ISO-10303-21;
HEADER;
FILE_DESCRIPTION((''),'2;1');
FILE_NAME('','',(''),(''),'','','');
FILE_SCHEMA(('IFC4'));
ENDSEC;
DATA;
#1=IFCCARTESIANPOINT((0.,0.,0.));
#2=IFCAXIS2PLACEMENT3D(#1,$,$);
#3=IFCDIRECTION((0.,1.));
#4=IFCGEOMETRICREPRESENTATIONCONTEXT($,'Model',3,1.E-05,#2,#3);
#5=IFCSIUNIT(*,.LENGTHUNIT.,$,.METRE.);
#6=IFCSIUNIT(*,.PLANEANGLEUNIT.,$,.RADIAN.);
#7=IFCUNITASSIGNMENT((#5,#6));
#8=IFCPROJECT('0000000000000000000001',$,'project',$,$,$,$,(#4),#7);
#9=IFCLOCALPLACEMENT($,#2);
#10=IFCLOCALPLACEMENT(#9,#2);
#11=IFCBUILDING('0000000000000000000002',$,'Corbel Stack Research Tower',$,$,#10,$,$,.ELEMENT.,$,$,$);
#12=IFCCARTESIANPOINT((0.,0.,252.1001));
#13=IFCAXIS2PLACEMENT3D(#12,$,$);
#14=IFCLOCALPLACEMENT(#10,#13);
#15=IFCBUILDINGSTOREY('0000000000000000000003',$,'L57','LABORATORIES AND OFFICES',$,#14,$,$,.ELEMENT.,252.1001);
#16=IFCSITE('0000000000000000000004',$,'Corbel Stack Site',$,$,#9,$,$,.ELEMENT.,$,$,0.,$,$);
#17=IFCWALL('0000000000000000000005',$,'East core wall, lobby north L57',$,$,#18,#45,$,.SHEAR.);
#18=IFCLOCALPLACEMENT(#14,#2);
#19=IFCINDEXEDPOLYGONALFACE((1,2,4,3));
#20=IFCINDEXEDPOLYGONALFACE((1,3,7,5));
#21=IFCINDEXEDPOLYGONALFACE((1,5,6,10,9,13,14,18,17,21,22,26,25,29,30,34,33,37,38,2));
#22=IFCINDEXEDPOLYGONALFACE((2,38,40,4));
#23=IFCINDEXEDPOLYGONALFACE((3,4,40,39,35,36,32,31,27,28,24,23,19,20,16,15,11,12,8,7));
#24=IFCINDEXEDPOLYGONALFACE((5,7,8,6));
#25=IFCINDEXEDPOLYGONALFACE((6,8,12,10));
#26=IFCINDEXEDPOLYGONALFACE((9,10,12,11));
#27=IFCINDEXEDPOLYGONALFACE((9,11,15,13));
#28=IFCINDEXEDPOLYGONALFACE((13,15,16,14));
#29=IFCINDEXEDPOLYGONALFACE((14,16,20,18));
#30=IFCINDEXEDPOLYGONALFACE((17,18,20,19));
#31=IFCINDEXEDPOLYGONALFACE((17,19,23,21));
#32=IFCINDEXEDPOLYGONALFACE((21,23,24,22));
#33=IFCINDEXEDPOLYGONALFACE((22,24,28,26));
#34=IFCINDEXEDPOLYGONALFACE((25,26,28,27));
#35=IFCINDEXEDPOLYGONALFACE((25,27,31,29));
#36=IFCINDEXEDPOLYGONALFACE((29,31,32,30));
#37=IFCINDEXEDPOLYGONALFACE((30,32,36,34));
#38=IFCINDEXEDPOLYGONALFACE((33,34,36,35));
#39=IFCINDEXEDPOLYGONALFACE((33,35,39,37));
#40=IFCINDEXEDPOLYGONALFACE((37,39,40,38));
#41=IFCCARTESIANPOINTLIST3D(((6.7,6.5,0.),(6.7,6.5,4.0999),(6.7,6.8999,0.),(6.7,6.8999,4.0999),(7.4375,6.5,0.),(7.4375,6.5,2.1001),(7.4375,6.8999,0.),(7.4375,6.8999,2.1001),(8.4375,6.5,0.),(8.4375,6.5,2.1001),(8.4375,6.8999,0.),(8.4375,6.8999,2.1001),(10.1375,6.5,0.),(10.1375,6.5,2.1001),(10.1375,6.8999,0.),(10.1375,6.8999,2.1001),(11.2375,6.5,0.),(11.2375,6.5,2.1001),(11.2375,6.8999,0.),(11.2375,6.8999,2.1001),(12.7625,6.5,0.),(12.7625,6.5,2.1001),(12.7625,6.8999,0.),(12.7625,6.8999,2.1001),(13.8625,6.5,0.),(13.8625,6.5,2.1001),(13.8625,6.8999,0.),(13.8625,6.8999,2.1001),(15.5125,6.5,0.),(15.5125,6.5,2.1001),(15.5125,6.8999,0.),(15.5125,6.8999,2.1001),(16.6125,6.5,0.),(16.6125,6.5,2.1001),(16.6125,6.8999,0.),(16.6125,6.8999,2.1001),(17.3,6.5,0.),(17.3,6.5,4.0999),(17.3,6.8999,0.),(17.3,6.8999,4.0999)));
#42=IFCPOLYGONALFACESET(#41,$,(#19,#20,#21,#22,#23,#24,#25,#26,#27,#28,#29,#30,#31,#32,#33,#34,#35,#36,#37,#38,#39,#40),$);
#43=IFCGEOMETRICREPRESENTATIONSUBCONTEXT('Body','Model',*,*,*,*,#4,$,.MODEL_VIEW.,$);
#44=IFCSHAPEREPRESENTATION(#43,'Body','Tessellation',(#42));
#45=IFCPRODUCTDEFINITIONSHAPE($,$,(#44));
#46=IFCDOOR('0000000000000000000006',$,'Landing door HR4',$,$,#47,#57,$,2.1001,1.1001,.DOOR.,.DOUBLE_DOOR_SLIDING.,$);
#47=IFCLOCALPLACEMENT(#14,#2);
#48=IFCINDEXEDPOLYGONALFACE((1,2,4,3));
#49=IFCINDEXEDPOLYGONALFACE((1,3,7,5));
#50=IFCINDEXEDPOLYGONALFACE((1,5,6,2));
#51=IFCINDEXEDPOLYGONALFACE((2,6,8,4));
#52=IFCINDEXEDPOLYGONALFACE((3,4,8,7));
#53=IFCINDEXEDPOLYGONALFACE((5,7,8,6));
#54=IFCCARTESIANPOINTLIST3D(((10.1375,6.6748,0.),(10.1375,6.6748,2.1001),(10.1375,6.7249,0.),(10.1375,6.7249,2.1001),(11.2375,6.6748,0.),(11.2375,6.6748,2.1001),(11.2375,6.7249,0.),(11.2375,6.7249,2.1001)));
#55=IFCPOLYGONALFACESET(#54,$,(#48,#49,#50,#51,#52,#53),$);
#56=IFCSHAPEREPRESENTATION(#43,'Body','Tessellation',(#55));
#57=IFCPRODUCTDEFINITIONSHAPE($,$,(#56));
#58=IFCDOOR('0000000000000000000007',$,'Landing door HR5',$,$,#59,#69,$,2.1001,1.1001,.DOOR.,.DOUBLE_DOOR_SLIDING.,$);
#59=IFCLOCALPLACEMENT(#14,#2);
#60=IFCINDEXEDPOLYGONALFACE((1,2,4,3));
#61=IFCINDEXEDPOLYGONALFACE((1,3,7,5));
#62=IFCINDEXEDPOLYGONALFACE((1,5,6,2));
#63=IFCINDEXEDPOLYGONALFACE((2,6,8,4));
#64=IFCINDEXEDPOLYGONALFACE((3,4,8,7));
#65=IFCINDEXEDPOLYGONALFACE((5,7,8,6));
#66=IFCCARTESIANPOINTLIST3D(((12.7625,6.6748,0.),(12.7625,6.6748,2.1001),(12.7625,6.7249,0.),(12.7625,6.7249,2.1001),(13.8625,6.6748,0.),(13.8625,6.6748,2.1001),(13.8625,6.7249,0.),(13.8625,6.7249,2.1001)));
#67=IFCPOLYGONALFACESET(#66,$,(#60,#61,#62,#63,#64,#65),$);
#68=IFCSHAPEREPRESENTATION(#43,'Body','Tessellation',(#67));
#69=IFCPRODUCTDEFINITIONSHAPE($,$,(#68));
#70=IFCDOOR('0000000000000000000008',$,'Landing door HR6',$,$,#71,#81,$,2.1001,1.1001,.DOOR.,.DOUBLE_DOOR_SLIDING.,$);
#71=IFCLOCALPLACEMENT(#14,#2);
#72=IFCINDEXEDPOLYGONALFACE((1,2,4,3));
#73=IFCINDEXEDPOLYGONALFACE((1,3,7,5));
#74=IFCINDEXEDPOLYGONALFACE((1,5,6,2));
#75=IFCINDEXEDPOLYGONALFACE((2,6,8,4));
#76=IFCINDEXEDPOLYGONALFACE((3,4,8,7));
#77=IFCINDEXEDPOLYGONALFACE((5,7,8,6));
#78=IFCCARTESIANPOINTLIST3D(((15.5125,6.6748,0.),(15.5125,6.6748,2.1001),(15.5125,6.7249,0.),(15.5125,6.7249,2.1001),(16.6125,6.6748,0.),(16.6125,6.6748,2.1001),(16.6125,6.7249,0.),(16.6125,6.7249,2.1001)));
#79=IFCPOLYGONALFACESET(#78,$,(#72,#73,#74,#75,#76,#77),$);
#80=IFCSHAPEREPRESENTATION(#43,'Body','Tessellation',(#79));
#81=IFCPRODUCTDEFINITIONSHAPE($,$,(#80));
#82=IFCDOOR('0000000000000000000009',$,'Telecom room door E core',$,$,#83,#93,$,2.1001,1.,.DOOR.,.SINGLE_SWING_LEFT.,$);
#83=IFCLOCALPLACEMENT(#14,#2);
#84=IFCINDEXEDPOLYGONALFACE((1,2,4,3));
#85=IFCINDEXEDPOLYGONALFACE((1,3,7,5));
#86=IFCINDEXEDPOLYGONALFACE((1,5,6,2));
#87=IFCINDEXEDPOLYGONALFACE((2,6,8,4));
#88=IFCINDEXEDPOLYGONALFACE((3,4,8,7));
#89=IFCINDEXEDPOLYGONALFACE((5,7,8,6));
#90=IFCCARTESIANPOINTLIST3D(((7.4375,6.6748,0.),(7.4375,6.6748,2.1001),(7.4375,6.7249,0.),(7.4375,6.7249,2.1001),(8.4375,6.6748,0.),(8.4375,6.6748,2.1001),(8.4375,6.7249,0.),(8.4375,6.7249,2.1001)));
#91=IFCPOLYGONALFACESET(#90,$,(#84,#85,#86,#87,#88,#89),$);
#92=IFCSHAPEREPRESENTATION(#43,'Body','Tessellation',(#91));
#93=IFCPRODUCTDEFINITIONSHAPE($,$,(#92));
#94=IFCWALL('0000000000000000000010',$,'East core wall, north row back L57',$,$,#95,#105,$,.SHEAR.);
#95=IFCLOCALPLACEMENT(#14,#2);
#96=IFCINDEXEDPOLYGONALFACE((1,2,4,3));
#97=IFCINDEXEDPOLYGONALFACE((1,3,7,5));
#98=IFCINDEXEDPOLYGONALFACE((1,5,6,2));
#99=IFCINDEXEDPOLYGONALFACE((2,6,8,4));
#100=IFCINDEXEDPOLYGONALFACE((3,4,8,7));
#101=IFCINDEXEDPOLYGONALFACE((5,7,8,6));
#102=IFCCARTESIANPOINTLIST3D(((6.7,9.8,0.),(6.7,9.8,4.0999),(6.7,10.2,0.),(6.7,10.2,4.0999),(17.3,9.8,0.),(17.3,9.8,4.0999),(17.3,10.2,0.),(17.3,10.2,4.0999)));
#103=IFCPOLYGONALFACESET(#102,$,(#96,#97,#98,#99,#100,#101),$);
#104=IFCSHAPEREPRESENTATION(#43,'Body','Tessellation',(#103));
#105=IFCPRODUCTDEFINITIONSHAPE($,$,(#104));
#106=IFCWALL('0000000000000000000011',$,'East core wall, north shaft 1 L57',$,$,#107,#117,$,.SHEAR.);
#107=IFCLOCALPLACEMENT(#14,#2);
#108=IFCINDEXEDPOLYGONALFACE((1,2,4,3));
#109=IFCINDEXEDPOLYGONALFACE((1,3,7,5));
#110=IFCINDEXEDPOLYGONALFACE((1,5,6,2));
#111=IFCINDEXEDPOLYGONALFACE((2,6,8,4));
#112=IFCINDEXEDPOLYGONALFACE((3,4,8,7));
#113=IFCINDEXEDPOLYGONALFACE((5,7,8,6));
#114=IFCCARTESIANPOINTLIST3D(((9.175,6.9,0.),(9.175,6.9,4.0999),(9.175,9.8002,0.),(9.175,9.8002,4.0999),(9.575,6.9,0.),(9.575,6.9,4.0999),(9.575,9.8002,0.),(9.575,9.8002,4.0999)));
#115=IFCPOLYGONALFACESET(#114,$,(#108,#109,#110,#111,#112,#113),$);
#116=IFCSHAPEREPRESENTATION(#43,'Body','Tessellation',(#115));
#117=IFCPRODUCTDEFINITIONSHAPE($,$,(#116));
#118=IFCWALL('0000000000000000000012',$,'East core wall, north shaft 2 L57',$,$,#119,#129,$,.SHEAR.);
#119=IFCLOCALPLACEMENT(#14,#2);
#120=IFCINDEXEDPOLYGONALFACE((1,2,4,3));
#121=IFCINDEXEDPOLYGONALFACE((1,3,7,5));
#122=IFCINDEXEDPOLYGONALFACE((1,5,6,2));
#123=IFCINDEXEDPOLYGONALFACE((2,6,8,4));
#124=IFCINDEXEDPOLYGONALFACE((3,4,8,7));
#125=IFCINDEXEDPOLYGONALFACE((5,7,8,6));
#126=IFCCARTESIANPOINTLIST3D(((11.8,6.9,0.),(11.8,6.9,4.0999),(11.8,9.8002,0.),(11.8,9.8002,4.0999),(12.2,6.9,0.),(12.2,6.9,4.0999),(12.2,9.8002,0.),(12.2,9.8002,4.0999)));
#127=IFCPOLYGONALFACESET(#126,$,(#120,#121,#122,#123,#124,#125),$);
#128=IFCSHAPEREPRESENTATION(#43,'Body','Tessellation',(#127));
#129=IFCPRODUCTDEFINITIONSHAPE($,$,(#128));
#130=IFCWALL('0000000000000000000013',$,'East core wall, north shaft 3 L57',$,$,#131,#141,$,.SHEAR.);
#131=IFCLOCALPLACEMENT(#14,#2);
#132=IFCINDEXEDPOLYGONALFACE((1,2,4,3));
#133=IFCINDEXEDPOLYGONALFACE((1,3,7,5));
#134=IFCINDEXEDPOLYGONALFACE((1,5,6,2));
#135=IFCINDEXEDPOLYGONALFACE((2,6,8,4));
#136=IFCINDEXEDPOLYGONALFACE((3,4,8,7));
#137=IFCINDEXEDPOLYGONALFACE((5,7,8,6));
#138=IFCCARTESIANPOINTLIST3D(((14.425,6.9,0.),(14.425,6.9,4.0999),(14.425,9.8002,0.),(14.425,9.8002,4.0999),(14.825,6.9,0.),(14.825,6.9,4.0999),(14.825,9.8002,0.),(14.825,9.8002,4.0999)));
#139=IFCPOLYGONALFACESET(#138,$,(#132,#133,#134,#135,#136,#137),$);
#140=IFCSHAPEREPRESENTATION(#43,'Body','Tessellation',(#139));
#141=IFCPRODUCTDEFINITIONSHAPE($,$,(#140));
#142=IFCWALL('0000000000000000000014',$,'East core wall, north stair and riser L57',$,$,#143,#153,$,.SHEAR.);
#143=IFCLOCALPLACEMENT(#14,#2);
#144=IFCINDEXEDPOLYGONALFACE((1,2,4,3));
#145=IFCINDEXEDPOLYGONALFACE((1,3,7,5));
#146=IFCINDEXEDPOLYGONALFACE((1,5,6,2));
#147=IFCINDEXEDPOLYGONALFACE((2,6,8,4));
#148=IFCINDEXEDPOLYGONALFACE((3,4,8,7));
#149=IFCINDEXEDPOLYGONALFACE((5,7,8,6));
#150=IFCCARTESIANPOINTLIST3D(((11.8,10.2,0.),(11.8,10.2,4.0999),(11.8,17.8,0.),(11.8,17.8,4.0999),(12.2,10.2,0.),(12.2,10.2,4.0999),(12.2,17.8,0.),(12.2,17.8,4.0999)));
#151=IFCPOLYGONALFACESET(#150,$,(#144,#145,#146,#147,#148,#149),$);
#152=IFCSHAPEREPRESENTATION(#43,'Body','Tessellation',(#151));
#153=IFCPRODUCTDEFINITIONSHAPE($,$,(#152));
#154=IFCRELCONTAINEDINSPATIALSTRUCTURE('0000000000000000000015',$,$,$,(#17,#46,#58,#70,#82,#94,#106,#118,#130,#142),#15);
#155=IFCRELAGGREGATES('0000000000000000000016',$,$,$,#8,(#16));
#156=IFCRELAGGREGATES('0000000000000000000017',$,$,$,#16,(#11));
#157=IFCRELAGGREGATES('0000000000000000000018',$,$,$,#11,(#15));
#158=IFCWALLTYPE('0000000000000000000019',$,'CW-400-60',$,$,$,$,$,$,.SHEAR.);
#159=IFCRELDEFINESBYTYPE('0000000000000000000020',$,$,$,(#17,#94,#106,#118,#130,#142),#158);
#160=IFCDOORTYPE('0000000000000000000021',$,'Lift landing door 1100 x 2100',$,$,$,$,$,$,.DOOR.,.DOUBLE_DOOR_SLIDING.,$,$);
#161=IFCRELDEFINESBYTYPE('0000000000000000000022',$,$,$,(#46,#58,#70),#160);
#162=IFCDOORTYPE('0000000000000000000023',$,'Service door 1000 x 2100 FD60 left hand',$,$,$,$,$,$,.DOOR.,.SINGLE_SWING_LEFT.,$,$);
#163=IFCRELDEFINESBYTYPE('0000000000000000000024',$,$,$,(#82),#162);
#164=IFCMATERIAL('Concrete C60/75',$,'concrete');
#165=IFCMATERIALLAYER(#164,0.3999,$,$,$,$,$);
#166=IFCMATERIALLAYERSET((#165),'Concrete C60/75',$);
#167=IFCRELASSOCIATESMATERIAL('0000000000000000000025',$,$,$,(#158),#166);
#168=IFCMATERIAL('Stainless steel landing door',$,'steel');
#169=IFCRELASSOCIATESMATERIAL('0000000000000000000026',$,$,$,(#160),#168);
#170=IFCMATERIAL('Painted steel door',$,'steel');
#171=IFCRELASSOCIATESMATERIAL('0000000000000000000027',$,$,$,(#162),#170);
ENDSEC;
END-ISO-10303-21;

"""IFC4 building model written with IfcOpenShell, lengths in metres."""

from ifc_helpers import new_model, si_unit, direction, frame, frame_2d, origin, place, context, subcontext, project, spatial, rectangle, extrude, material, layer, layer_set, type_object, element, fill, save


model = new_model("IFC4")

# Units and contexts
model_context = context("Model", 3, precision=1e-05, world=origin(), true_north=direction((0.0, 1.0)))
body_context = subcontext(model_context, "Body", "Model", "MODEL_VIEW")
ifc_project = project(units=[si_unit("LENGTHUNIT", "METRE"), si_unit("PLANEANGLEUNIT", "RADIAN")], contexts=[model_context])

# Site, building, storey
site_placement = place(None, origin())
site = spatial("IfcSite", under=ifc_project, at=site_placement, Name="Corbel Stack Site", CompositionType="ELEMENT", RefElevation=0.0)
building_placement = place(site_placement, origin())
building = spatial("IfcBuilding", under=site, at=building_placement, Name="Corbel Stack Research Tower", CompositionType="ELEMENT")
storey_placement = place(building_placement, frame((0.0, 0.0, 252.1001)))
storey = spatial("IfcBuildingStorey", under=building, at=storey_placement, Name="L57", Description="LABORATORIES AND OFFICES", CompositionType="ELEMENT", Elevation=252.1001)

# Wall, openings, doors
ifc_material_1 = material(Name="Concrete C60/75", Category="concrete")
ifc_layer_1 = layer(ifc_material_1, 0.3999)
ifc_layer_set_1 = layer_set([ifc_layer_1], Name="Concrete C60/75")
wall_type_1 = type_object("IfcWallType", Name="CW-400-60", PredefinedType="SHEAR", material=ifc_layer_set_1)
ifc_material_2 = material(Name="Stainless steel landing door", Category="steel")
door_type_1 = type_object("IfcDoorType", Name="Lift landing door 1100 x 2100", OperationType="DOUBLE_DOOR_SLIDING", PredefinedType="DOOR", material=ifc_material_2)
ifc_material_3 = material(Name="Painted steel door", Category="steel")
door_type_2 = type_object("IfcDoorType", Name="Service door 1000 x 2100 FD60 left hand", OperationType="SINGLE_SWING_LEFT", PredefinedType="DOOR", material=ifc_material_3)
wall_1_placement = place(storey_placement, frame((6.7, 6.7, 0.0), z_axis=(0.0, 0.0, 1.0), x_axis=(1.0, 0.0, 0.0)))
wall_1 = element("IfcWall", 1, at=wall_1_placement, inside=storey, type_object=wall_type_1, Name="East core wall, lobby north L57", PredefinedType="SHEAR", context=body_context, shape_type="SweptSolid", body=[
    extrude(rectangle(XDim=10.6001, YDim=0.3999, at=frame_2d((5.3, 0.0))), origin(), (0.0, 0.0, 1.0), 4.0999),
])
opening_1_placement = place(wall_1_placement, frame((3.4375, 0.0, 0.0)))
opening_1 = element("IfcOpeningElement", 2, at=opening_1_placement, cuts=wall_1, PredefinedType="OPENING", context=body_context, shape_type="SweptSolid", body=[
    extrude(rectangle(XDim=1.1001, YDim=2.1001, at=frame_2d((0.55, 1.05))), frame((0.0, 0.21, 0.0), z_axis=(0.0, -1.0, 0.0), x_axis=(1.0, 0.0, 0.0)), (0.0, 0.0, 1.0), 0.4199),
])
opening_2_placement = place(wall_1_placement, frame((6.0625, 0.0, 0.0)))
opening_2 = element("IfcOpeningElement", 3, at=opening_2_placement, cuts=wall_1, PredefinedType="OPENING", context=body_context, shape_type="SweptSolid", body=[
    extrude(rectangle(XDim=1.1001, YDim=2.1001, at=frame_2d((0.55, 1.05))), frame((0.0, 0.21, 0.0), z_axis=(0.0, -1.0, 0.0), x_axis=(1.0, 0.0, 0.0)), (0.0, 0.0, 1.0), 0.4199),
])
opening_3_placement = place(wall_1_placement, frame((8.8125, 0.0, 0.0)))
opening_3 = element("IfcOpeningElement", 4, at=opening_3_placement, cuts=wall_1, PredefinedType="OPENING", context=body_context, shape_type="SweptSolid", body=[
    extrude(rectangle(XDim=1.1001, YDim=2.1001, at=frame_2d((0.55, 1.05))), frame((0.0, 0.21, 0.0), z_axis=(0.0, -1.0, 0.0), x_axis=(1.0, 0.0, 0.0)), (0.0, 0.0, 1.0), 0.4199),
])
opening_4_placement = place(wall_1_placement, frame((0.7375, 0.0, 0.0)))
opening_4 = element("IfcOpeningElement", 5, at=opening_4_placement, cuts=wall_1, PredefinedType="OPENING", context=body_context, shape_type="SweptSolid", body=[
    extrude(rectangle(XDim=1.0, YDim=2.1001, at=frame_2d((0.5, 1.05))), frame((0.0, 0.21, 0.0), z_axis=(0.0, -1.0, 0.0), x_axis=(1.0, 0.0, 0.0)), (0.0, 0.0, 1.0), 0.4199),
])
door_1_placement = place(opening_1_placement, origin())
door_1 = element("IfcDoor", 6, at=door_1_placement, inside=storey, type_object=door_type_1, Name="Landing door HR4", OperationType="DOUBLE_DOOR_SLIDING", OverallHeight=2.1001, OverallWidth=1.1001, PredefinedType="DOOR", context=body_context, shape_type="SweptSolid", body=[
    extrude(rectangle(XDim=1.1001, YDim=2.1001, at=frame_2d((0.55, 1.05))), frame((0.0, 0.0249, 0.0), z_axis=(0.0, -1.0, 0.0), x_axis=(1.0, 0.0, 0.0)), (0.0, 0.0, 1.0), 0.05),
])
fill(opening_1, door_1)
door_2_placement = place(opening_2_placement, origin())
door_2 = element("IfcDoor", 7, at=door_2_placement, inside=storey, type_object=door_type_1, Name="Landing door HR5", OperationType="DOUBLE_DOOR_SLIDING", OverallHeight=2.1001, OverallWidth=1.1001, PredefinedType="DOOR", context=body_context, shape_type="SweptSolid", body=[
    extrude(rectangle(XDim=1.1001, YDim=2.1001, at=frame_2d((0.55, 1.05))), frame((0.0, 0.0249, 0.0), z_axis=(0.0, -1.0, 0.0), x_axis=(1.0, 0.0, 0.0)), (0.0, 0.0, 1.0), 0.05),
])
fill(opening_2, door_2)
door_3_placement = place(opening_3_placement, origin())
door_3 = element("IfcDoor", 8, at=door_3_placement, inside=storey, type_object=door_type_1, Name="Landing door HR6", OperationType="DOUBLE_DOOR_SLIDING", OverallHeight=2.1001, OverallWidth=1.1001, PredefinedType="DOOR", context=body_context, shape_type="SweptSolid", body=[
    extrude(rectangle(XDim=1.1001, YDim=2.1001, at=frame_2d((0.55, 1.05))), frame((0.0, 0.0249, 0.0), z_axis=(0.0, -1.0, 0.0), x_axis=(1.0, 0.0, 0.0)), (0.0, 0.0, 1.0), 0.05),
])
fill(opening_3, door_3)
door_4_placement = place(opening_4_placement, origin())
door_4 = element("IfcDoor", 9, at=door_4_placement, inside=storey, type_object=door_type_2, Name="Telecom room door E core", OperationType="SINGLE_SWING_LEFT", OverallHeight=2.1001, OverallWidth=1.0, PredefinedType="DOOR", context=body_context, shape_type="SweptSolid", body=[
    extrude(rectangle(XDim=1.0, YDim=2.1001, at=frame_2d((0.5, 1.05))), frame((0.0, 0.0249, 0.0), z_axis=(0.0, -1.0, 0.0), x_axis=(1.0, 0.0, 0.0)), (0.0, 0.0, 1.0), 0.05),
])
fill(opening_4, door_4)

# Walls
wall_2_placement = place(storey_placement, frame((6.7, 10.0, 0.0), z_axis=(0.0, 0.0, 1.0), x_axis=(1.0, 0.0, 0.0)))
element("IfcWall", 10, at=wall_2_placement, inside=storey, type_object=wall_type_1, Name="East core wall, north row back L57", PredefinedType="SHEAR", context=body_context, shape_type="SweptSolid", body=[
    extrude(rectangle(XDim=10.6001, YDim=0.3999, at=frame_2d((5.3, 0.0))), origin(), (0.0, 0.0, 1.0), 4.0999),
])
for number, where, z_axis, x_axis, name in (
    (11, (9.375, 6.8999, 0.0), (0.0, 0.0, 1.0), (0.0, 1.0, 0.0), "East core wall, north shaft 1 L57"),
    (12, (12.0, 6.8999, 0.0), (0.0, 0.0, 1.0), (0.0, 1.0, 0.0), "East core wall, north shaft 2 L57"),
    (13, (14.625, 6.8999, 0.0), (0.0, 0.0, 1.0), (0.0, 1.0, 0.0), "East core wall, north shaft 3 L57"),
):
    element("IfcWall", number, at=place(storey_placement, frame(where, z_axis=z_axis, x_axis=x_axis)), inside=storey, type_object=wall_type_1, Name=name, PredefinedType="SHEAR", context=body_context, shape_type="SweptSolid", body=[
        extrude(rectangle(XDim=2.9001, YDim=0.3999, at=frame_2d((1.4502, 0.0))), origin(), (0.0, 0.0, 1.0), 4.0999),
    ])
wall_3_placement = place(storey_placement, frame((12.0, 10.2, 0.0), z_axis=(0.0, 0.0, 1.0), x_axis=(0.0, 1.0, 0.0)))
element("IfcWall", 14, at=wall_3_placement, inside=storey, type_object=wall_type_1, Name="East core wall, north stair and riser L57", PredefinedType="SHEAR", context=body_context, shape_type="SweptSolid", body=[
    extrude(rectangle(XDim=7.6001, YDim=0.3999, at=frame_2d((3.8, 0.0))), origin(), (0.0, 0.0, 1.0), 4.0999),
])

save(model, "model.ifc")
